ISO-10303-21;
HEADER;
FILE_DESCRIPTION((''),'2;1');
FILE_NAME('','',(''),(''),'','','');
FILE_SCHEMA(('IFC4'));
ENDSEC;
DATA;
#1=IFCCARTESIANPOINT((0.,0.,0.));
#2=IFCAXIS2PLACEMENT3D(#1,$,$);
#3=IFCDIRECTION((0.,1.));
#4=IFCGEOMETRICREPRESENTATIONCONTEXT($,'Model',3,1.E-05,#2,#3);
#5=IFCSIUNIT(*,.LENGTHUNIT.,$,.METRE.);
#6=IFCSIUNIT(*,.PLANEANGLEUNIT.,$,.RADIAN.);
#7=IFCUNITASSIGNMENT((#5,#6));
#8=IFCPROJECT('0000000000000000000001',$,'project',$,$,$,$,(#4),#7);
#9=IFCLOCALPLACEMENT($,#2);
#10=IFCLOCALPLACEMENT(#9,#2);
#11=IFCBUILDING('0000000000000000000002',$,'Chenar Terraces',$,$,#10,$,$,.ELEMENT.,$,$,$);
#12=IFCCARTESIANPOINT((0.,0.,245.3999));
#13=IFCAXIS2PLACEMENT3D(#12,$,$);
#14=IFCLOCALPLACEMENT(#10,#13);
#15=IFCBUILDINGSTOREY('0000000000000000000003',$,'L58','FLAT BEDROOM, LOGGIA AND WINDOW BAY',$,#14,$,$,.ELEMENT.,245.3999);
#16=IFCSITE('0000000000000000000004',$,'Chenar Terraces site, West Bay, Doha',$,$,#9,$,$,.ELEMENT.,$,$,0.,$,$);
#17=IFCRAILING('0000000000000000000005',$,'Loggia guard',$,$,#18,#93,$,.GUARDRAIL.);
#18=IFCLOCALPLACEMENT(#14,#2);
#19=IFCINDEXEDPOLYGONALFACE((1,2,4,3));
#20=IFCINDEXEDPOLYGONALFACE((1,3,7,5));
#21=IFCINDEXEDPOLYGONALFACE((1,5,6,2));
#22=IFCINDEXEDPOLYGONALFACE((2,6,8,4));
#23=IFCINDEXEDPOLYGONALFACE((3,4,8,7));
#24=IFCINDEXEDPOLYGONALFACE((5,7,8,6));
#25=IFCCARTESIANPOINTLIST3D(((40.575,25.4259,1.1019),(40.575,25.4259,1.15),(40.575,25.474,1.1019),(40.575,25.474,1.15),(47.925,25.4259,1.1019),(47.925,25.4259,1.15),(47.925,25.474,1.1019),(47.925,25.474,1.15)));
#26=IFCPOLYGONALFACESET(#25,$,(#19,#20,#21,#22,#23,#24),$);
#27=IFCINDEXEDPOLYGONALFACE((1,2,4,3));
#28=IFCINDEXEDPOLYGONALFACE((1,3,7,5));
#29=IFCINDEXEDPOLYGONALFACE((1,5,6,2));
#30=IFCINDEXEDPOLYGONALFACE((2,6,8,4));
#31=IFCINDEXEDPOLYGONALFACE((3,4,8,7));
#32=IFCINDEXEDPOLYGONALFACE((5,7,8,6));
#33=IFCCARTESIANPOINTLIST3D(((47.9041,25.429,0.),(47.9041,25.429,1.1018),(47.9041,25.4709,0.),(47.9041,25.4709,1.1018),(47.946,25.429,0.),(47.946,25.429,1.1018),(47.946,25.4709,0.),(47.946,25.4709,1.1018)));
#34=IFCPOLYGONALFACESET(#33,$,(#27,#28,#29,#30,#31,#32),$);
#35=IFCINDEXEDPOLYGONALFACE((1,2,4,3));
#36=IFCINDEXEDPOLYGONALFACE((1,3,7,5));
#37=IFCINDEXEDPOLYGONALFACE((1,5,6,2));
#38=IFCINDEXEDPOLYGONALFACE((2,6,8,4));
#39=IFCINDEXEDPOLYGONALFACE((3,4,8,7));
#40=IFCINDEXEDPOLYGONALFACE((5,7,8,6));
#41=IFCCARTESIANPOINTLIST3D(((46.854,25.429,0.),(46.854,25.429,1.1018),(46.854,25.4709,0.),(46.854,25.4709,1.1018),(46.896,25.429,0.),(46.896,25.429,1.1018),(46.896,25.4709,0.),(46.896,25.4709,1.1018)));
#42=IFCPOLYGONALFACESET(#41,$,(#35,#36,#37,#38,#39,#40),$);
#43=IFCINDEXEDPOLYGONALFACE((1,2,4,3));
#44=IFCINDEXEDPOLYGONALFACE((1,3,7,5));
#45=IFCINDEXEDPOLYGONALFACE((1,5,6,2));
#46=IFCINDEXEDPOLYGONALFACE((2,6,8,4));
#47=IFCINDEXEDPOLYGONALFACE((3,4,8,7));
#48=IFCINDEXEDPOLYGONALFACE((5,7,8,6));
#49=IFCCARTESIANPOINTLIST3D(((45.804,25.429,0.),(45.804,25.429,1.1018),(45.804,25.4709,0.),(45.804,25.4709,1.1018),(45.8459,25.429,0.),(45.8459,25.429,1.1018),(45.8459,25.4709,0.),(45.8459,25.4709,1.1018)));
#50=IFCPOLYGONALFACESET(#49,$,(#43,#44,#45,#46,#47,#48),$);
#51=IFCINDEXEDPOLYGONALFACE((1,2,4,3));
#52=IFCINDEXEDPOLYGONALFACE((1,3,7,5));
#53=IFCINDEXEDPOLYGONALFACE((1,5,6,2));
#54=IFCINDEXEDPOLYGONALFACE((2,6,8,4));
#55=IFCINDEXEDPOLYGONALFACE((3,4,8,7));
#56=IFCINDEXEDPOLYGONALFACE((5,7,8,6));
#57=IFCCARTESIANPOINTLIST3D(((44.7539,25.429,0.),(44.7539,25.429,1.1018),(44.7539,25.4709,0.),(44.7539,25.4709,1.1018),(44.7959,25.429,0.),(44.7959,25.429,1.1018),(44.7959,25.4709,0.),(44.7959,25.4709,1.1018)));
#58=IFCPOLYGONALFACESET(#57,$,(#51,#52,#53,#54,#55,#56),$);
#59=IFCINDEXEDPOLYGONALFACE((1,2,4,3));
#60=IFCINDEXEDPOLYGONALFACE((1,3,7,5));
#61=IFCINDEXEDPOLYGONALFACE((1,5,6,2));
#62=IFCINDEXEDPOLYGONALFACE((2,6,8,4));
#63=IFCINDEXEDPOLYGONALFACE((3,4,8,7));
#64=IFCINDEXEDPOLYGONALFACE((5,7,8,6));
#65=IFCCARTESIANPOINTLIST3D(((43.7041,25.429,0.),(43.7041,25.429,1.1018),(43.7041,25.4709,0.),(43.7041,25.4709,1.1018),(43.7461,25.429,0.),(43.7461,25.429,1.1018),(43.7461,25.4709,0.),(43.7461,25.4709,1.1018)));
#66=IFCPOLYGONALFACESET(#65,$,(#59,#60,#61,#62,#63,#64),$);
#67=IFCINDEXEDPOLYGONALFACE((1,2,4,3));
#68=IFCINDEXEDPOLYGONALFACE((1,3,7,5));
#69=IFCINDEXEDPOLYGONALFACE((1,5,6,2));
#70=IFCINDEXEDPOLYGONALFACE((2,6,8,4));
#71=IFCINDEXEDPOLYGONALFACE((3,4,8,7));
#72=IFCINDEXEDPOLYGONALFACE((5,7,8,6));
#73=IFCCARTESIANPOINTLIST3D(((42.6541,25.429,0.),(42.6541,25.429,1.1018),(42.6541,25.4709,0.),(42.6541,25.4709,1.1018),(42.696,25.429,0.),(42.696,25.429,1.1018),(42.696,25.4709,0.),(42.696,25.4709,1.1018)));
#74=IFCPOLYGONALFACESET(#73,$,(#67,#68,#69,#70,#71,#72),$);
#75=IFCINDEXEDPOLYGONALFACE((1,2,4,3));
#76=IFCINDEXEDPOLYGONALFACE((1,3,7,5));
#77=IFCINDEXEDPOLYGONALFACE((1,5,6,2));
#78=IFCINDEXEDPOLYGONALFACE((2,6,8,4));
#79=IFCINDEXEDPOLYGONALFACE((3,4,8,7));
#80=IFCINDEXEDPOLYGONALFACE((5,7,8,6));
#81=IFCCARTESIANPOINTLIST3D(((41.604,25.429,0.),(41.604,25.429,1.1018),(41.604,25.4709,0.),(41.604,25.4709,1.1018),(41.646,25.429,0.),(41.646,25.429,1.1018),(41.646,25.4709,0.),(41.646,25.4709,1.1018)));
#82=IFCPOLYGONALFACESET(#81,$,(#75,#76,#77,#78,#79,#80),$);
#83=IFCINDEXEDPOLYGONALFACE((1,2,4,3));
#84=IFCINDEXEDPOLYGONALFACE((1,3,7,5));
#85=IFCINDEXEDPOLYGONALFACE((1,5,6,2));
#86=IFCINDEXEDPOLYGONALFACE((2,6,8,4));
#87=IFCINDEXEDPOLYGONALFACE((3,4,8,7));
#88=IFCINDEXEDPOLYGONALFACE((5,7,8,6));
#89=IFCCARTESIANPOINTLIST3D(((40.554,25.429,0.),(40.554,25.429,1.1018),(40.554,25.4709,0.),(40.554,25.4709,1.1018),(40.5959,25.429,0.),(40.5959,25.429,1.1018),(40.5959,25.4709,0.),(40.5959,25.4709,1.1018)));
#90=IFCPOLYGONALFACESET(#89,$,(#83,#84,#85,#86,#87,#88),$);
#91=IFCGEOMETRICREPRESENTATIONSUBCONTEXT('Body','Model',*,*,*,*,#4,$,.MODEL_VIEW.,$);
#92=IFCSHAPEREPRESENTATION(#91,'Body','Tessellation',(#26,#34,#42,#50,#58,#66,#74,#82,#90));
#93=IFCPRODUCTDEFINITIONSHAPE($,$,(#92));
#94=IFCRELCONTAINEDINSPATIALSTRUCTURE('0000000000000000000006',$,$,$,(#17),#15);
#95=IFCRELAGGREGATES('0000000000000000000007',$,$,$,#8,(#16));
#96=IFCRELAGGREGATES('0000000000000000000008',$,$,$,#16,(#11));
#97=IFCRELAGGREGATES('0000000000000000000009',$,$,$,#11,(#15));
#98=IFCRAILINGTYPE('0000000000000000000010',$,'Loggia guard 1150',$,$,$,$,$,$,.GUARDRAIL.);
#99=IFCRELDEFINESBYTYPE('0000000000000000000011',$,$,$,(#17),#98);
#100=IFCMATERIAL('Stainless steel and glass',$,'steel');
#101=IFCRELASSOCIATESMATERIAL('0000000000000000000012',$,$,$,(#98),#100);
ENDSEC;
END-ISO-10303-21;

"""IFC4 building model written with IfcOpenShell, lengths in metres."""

from ifc_helpers import new_model, si_unit, direction, frame, origin, origin_2d, place, context, subcontext, project, spatial, rectangle, extrude, material, type_object, element, save


model = new_model("IFC4")

# Units and contexts
model_context = context("Model", 3, precision=1e-05, world=origin(), true_north=direction((0.0, 1.0)))
body_context = subcontext(model_context, "Body", "Model", "MODEL_VIEW")
ifc_project = project(units=[si_unit("LENGTHUNIT", "METRE"), si_unit("PLANEANGLEUNIT", "RADIAN")], contexts=[model_context])

# Site, building, storey
site_placement = place(None, origin())
site = spatial("IfcSite", under=ifc_project, at=site_placement, Name="Chenar Terraces site, West Bay, Doha", CompositionType="ELEMENT", RefElevation=0.0)
building_placement = place(site_placement, origin())
building = spatial("IfcBuilding", under=site, at=building_placement, Name="Chenar Terraces", CompositionType="ELEMENT")
storey_placement = place(building_placement, frame((0.0, 0.0, 245.3999)))
storey = spatial("IfcBuildingStorey", under=building, at=storey_placement, Name="L58", Description="FLAT BEDROOM, LOGGIA AND WINDOW BAY", CompositionType="ELEMENT", Elevation=245.3999)

# Railing
ifc_material_1 = material(Name="Stainless steel and glass", Category="steel")
railing_type_1 = type_object("IfcRailingType", Name="Loggia guard 1150", PredefinedType="GUARDRAIL", material=ifc_material_1)
railing_1_placement = place(storey_placement, frame((47.925, 25.45, 0.0)))
element("IfcRailing", 1, at=railing_1_placement, inside=storey, type_object=railing_type_1, Name="Loggia guard", PredefinedType="GUARDRAIL", context=body_context, shape_type="SweptSolid", body=[
    extrude(rectangle(XDim=0.0481, YDim=0.0481, at=origin_2d()), frame((0.0, 0.0, 1.126), z_axis=(-1.0, 0.0, 0.0), x_axis=(0.0, -1.0, 0.0)), (0.0, 0.0, 1.0), 7.3501),
    extrude(rectangle(XDim=0.042, YDim=0.042, at=origin_2d()), origin(), (0.0, 0.0, 1.0), 1.1018),
    extrude(rectangle(XDim=0.042, YDim=0.042, at=origin_2d()), frame((-1.05, 0.0, 0.0)), (0.0, 0.0, 1.0), 1.1018),
    extrude(rectangle(XDim=0.042, YDim=0.042, at=origin_2d()), frame((-2.1001, 0.0, 0.0)), (0.0, 0.0, 1.0), 1.1018),
    extrude(rectangle(XDim=0.042, YDim=0.042, at=origin_2d()), frame((-3.1501, 0.0, 0.0)), (0.0, 0.0, 1.0), 1.1018),
    extrude(rectangle(XDim=0.042, YDim=0.042, at=origin_2d()), frame((-4.2, 0.0, 0.0)), (0.0, 0.0, 1.0), 1.1018),
    extrude(rectangle(XDim=0.042, YDim=0.042, at=origin_2d()), frame((-5.25, 0.0, 0.0)), (0.0, 0.0, 1.0), 1.1018),
    extrude(rectangle(XDim=0.042, YDim=0.042, at=origin_2d()), frame((-6.3, 0.0, 0.0)), (0.0, 0.0, 1.0), 1.1018),
    extrude(rectangle(XDim=0.042, YDim=0.042, at=origin_2d()), frame((-7.3501, 0.0, 0.0)), (0.0, 0.0, 1.0), 1.1018),
])

save(model, "model.ifc")
